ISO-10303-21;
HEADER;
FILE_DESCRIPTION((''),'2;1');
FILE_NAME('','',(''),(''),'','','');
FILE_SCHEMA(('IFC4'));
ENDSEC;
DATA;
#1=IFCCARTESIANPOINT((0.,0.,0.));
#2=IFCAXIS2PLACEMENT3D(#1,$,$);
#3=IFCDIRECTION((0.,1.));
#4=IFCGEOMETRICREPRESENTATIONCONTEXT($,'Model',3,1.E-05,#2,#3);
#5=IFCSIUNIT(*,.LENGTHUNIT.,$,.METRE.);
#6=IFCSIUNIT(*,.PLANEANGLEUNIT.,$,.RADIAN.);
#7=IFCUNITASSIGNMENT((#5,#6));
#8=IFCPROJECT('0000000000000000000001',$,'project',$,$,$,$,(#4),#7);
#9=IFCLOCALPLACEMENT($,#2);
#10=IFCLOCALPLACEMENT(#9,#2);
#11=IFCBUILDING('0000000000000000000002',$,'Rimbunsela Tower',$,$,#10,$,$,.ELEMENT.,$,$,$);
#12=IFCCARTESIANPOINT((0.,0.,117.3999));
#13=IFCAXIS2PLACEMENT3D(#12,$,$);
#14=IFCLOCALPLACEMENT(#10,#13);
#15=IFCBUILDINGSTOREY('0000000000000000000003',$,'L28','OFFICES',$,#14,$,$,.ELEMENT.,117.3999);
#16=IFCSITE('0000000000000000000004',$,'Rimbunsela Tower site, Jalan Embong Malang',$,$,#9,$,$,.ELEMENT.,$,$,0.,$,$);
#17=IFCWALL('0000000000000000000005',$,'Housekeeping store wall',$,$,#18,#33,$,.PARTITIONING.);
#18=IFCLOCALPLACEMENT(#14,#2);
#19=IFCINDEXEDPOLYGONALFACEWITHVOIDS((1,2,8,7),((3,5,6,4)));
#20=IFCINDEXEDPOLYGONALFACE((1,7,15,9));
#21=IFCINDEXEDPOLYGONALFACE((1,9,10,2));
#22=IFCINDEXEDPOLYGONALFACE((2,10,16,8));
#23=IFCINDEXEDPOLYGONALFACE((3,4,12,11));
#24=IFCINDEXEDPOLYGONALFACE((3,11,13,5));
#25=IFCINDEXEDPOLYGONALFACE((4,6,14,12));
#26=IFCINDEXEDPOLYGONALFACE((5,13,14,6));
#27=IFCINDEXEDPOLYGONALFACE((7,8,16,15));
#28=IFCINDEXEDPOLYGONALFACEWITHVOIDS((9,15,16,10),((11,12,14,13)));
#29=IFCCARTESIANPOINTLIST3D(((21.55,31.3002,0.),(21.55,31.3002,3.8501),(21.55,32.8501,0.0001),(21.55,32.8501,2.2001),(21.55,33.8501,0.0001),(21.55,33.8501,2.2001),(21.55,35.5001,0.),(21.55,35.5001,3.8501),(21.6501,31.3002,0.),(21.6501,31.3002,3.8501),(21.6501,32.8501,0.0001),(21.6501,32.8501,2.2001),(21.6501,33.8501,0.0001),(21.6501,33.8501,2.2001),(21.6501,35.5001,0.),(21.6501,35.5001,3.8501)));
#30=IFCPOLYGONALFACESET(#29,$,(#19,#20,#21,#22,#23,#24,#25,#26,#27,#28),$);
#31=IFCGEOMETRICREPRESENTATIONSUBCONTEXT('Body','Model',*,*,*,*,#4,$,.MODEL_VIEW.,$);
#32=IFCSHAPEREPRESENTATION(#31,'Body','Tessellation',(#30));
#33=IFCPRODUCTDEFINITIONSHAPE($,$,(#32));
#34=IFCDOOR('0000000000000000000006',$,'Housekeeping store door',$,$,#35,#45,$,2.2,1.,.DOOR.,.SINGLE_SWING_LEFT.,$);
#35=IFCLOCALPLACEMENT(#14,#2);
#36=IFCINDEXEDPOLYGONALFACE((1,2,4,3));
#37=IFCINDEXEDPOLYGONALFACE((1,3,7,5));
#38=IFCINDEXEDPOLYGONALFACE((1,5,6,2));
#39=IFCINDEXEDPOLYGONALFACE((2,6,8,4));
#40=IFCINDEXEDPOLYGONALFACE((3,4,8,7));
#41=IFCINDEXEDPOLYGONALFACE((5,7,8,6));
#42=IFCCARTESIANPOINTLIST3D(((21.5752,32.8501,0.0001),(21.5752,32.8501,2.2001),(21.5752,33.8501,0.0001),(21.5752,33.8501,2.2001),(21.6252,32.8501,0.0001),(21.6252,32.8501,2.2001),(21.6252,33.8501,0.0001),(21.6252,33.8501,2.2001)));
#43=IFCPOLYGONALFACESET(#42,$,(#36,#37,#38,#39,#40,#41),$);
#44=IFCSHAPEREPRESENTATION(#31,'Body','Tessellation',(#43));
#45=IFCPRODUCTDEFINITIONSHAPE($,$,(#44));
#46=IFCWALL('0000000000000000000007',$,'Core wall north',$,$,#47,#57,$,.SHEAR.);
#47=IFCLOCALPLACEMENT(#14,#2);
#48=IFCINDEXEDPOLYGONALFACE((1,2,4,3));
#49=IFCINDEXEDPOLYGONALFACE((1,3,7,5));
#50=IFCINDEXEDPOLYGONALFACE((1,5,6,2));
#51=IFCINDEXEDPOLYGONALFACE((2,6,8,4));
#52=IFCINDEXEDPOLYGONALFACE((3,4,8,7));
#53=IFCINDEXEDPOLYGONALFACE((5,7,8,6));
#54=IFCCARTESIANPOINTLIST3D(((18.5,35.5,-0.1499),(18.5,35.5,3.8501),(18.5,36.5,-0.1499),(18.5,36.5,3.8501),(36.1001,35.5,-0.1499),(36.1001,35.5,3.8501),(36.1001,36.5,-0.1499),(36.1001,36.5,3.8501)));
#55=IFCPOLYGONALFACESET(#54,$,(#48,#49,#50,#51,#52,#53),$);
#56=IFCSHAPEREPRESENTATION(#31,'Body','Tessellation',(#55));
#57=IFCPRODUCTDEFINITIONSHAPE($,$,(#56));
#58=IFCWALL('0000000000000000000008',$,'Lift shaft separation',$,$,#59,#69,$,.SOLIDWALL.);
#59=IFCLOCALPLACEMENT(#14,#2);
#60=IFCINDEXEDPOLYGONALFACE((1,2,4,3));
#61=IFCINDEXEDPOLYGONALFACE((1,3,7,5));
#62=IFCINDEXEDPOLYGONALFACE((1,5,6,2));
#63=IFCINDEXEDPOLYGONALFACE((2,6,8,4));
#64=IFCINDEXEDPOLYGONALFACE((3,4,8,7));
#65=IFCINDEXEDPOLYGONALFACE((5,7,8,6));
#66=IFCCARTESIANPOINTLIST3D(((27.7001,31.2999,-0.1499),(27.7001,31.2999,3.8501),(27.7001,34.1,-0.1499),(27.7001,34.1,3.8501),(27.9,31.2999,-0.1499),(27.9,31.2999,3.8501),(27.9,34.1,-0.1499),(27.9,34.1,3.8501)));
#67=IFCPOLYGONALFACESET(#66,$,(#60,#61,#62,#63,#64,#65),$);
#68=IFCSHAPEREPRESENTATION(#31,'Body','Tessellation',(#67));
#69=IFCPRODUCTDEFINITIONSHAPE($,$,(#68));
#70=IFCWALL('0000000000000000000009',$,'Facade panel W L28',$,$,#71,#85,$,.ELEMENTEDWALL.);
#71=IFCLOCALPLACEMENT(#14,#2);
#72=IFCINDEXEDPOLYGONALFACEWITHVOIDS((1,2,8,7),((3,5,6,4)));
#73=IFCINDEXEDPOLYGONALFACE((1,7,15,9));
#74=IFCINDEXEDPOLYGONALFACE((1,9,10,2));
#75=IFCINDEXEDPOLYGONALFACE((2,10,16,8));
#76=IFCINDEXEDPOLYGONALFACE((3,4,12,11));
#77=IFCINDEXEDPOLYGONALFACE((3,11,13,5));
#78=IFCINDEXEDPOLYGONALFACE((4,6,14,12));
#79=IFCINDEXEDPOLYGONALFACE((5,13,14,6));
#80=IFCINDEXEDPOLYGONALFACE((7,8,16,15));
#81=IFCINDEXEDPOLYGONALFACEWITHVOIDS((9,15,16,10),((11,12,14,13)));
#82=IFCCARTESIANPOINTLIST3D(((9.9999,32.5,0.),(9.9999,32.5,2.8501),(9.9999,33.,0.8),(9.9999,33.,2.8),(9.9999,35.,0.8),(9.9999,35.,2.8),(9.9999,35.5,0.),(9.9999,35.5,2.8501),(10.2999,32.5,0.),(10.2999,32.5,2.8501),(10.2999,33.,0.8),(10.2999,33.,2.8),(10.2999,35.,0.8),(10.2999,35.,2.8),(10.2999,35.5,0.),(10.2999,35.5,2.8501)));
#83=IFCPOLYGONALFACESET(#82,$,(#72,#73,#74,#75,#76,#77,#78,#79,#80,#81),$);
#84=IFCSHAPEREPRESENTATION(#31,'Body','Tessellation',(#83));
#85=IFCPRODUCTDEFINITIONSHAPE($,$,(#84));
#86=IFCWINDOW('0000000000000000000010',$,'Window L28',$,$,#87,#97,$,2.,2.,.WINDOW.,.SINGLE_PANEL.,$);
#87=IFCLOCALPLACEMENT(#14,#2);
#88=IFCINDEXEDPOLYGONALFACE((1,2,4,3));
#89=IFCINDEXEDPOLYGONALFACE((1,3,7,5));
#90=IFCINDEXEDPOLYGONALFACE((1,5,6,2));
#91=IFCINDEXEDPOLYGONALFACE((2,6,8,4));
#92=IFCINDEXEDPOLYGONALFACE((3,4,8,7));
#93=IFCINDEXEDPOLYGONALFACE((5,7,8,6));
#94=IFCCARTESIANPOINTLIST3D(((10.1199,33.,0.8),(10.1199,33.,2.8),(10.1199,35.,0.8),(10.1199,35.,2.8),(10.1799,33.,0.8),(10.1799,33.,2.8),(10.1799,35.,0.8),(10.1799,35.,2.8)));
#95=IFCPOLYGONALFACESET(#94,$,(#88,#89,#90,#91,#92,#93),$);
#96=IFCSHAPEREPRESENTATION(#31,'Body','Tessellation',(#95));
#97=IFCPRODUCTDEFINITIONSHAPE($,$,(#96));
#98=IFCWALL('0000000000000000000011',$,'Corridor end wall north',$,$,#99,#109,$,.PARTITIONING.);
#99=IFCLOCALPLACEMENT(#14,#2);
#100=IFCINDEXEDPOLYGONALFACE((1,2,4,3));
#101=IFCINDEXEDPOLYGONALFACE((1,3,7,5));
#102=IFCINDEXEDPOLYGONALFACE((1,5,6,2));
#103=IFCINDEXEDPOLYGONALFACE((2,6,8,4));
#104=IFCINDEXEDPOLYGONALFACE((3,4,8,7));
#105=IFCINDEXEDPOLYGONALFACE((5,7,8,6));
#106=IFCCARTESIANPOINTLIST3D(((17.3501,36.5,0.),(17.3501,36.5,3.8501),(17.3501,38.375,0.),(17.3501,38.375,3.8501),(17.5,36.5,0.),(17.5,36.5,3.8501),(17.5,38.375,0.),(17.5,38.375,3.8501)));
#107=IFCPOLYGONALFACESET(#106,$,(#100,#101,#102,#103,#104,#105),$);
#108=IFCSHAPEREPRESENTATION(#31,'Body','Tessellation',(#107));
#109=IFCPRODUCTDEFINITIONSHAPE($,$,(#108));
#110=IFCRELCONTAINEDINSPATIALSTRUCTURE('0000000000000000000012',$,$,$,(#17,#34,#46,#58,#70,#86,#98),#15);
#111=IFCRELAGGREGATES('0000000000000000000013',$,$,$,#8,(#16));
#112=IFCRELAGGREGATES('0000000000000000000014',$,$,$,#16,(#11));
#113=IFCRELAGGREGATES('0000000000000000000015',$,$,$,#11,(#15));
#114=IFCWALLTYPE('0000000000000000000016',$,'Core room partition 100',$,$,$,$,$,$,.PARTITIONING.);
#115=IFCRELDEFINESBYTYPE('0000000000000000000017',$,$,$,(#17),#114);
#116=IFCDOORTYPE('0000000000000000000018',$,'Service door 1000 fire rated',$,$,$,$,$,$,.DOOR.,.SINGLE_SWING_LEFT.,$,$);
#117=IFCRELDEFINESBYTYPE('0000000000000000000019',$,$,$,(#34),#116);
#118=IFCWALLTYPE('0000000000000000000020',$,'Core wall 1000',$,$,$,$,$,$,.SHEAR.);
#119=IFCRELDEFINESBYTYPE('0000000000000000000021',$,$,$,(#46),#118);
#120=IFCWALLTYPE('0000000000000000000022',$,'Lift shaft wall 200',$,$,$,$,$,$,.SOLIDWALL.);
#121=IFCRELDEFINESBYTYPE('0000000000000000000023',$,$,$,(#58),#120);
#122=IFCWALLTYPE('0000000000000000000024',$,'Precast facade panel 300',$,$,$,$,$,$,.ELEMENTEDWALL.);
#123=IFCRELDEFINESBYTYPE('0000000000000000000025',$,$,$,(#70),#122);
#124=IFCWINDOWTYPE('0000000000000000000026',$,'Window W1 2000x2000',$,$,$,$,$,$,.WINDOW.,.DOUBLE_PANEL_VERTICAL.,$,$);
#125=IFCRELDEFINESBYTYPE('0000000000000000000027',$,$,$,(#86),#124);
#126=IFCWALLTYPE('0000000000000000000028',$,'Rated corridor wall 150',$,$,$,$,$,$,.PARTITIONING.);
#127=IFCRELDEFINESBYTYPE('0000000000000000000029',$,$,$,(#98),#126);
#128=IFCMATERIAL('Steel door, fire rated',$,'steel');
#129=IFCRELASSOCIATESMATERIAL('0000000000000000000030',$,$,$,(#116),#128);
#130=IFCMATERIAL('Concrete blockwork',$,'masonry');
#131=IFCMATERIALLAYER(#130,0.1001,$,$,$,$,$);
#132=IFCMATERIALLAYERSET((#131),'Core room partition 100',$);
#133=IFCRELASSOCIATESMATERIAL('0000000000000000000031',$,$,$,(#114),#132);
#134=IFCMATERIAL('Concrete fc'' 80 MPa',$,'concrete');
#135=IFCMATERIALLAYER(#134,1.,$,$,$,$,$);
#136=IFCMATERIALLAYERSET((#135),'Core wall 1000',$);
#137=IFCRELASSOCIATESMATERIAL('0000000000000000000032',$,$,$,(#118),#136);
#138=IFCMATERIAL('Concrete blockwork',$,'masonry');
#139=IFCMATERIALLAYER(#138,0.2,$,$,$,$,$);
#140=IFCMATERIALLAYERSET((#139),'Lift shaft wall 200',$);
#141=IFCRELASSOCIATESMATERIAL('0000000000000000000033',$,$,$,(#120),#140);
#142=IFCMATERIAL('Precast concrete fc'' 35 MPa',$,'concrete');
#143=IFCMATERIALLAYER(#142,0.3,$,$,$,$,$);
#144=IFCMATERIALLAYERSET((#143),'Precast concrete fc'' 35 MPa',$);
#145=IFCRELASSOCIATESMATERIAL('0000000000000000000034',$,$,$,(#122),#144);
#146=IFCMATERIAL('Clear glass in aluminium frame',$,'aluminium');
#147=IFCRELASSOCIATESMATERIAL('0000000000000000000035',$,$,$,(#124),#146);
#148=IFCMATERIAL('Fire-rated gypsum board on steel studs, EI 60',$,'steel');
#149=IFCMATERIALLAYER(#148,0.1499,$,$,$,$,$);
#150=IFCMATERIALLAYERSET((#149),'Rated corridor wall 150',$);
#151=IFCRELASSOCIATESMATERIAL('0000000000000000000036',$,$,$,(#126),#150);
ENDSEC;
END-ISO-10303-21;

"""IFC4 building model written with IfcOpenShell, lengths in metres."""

from ifc_helpers import new_model, si_unit, direction, frame, frame_2d, origin, place, context, subcontext, project, spatial, rectangle, extrude, material, layer, layer_set, type_object, element, fill, save


model = new_model("IFC4")

# Units and contexts
model_context = context("Model", 3, precision=1e-05, world=origin(), true_north=direction((0.0, 1.0)))
body_context = subcontext(model_context, "Body", "Model", "MODEL_VIEW")
ifc_project = project(units=[si_unit("LENGTHUNIT", "METRE"), si_unit("PLANEANGLEUNIT", "RADIAN")], contexts=[model_context])

# Site, building, storey
site_placement = place(None, origin())
site = spatial("IfcSite", under=ifc_project, at=site_placement, Name="Rimbunsela Tower site, Jalan Embong Malang", CompositionType="ELEMENT", RefElevation=0.0)
building_placement = place(site_placement, origin())
building = spatial("IfcBuilding", under=site, at=building_placement, Name="Rimbunsela Tower", CompositionType="ELEMENT")
storey_placement = place(building_placement, frame((0.0, 0.0, 117.3999)))
storey = spatial("IfcBuildingStorey", under=building, at=storey_placement, Name="L28", Description="OFFICES", CompositionType="ELEMENT", Elevation=117.3999)

# Shared definitions
ifc_material_1 = material(Name="Steel door, fire rated", Category="steel")
door_type_1 = type_object("IfcDoorType", Name="Service door 1000 fire rated", OperationType="SINGLE_SWING_LEFT", PredefinedType="DOOR", material=ifc_material_1)

# Wall, opening, door
ifc_material_2 = material(Name="Concrete blockwork", Category="masonry")
ifc_layer_1 = layer(ifc_material_2, 0.1001)
ifc_layer_set_1 = layer_set([ifc_layer_1], Name="Core room partition 100")
wall_type_1 = type_object("IfcWallType", Name="Core room partition 100", PredefinedType="PARTITIONING", material=ifc_layer_set_1)
wall_1_placement = place(storey_placement, frame((21.6001, 31.3, 0.0), z_axis=(0.0, 0.0, 1.0), x_axis=(0.0, 1.0, 0.0)))
wall_1 = element("IfcWall", 1, at=wall_1_placement, inside=storey, type_object=wall_type_1, Name="Housekeeping store wall", PredefinedType="PARTITIONING", context=body_context, shape_type="SweptSolid", body=[
    extrude(rectangle(XDim=4.2, YDim=0.1001, at=frame_2d((2.1001, 0.0))), origin(), (0.0, 0.0, 1.0), 3.8501),
])
opening_1_placement = place(wall_1_placement, frame((1.55, 0.0, 0.0)))
opening_1 = element("IfcOpeningElement", 2, at=opening_1_placement, cuts=wall_1, PredefinedType="OPENING", context=body_context, shape_type="SweptSolid", body=[
    extrude(rectangle(XDim=1.0, YDim=2.2, at=frame_2d((0.5, 1.1001))), frame((0.0, 0.0601, 0.0), z_axis=(0.0, -1.0, 0.0), x_axis=(1.0, 0.0, 0.0)), (0.0, 0.0, 1.0), 0.1201),
])
door_1_placement = place(opening_1_placement, origin())
door_1 = element("IfcDoor", 3, at=door_1_placement, inside=storey, type_object=door_type_1, Name="Housekeeping store door", OperationType="SINGLE_SWING_LEFT", OverallHeight=2.2, OverallWidth=1.0, PredefinedType="DOOR", context=body_context, shape_type="SweptSolid", body=[
    extrude(rectangle(XDim=1.0, YDim=2.2, at=frame_2d((0.5, 1.1001))), frame((0.0, 0.0249, 0.0), z_axis=(0.0, -1.0, 0.0), x_axis=(1.0, 0.0, 0.0)), (0.0, 0.0, 1.0), 0.05),
])
fill(opening_1, door_1)

# Walls
ifc_material_3 = material(Name="Concrete fc' 80 MPa", Category="concrete")
ifc_layer_2 = layer(ifc_material_3, 1.0)
ifc_layer_set_2 = layer_set([ifc_layer_2], Name="Core wall 1000")
wall_type_2 = type_object("IfcWallType", Name="Core wall 1000", PredefinedType="SHEAR", material=ifc_layer_set_2)
wall_2_placement = place(storey_placement, frame((18.5, 36.0, -0.1499), z_axis=(0.0, 0.0, 1.0), x_axis=(1.0, 0.0, 0.0)))
element("IfcWall", 4, at=wall_2_placement, inside=storey, type_object=wall_type_2, Name="Core wall north", PredefinedType="SHEAR", context=body_context, shape_type="SweptSolid", body=[
    extrude(rectangle(XDim=17.6001, YDim=1.0, at=frame_2d((8.8, 0.0))), origin(), (0.0, 0.0, 1.0), 4.0),
])
ifc_material_4 = material(Name="Concrete blockwork", Category="masonry")
ifc_layer_3 = layer(ifc_material_4, 0.2)
ifc_layer_set_3 = layer_set([ifc_layer_3], Name="Lift shaft wall 200")
wall_type_3 = type_object("IfcWallType", Name="Lift shaft wall 200", PredefinedType="SOLIDWALL", material=ifc_layer_set_3)
wall_3_placement = place(storey_placement, frame((27.8, 31.3, -0.1499), z_axis=(0.0, 0.0, 1.0), x_axis=(0.0, 1.0, 0.0)))
element("IfcWall", 5, at=wall_3_placement, inside=storey, type_object=wall_type_3, Name="Lift shaft separation", PredefinedType="SOLIDWALL", context=body_context, shape_type="SweptSolid", body=[
    extrude(rectangle(XDim=2.8, YDim=0.2, at=frame_2d((1.3999, 0.0))), origin(), (0.0, 0.0, 1.0), 4.0),
])

# Wall, opening, window
ifc_material_5 = material(Name="Precast concrete fc' 35 MPa", Category="concrete")
ifc_layer_4 = layer(ifc_material_5, 0.3)
ifc_layer_set_4 = layer_set([ifc_layer_4], Name="Precast concrete fc' 35 MPa")
wall_type_4 = type_object("IfcWallType", Name="Precast facade panel 300", PredefinedType="ELEMENTEDWALL", material=ifc_layer_set_4)
wall_4_placement = place(storey_placement, frame((10.1499, 35.5, 0.0), z_axis=(0.0, 0.0, 1.0), x_axis=(0.0, -1.0, 0.0)))
wall_4 = element("IfcWall", 6, at=wall_4_placement, inside=storey, type_object=wall_type_4, Name="Facade panel W L28", PredefinedType="ELEMENTEDWALL", context=body_context, shape_type="SweptSolid", body=[
    extrude(rectangle(XDim=3.0, YDim=0.3, at=frame_2d((1.5, 0.0))), origin(), (0.0, 0.0, 1.0), 2.8501),
])
opening_2_placement = place(wall_4_placement, frame((0.5, 0.0, 0.8)))
opening_2 = element("IfcOpeningElement", 7, at=opening_2_placement, cuts=wall_4, PredefinedType="OPENING", context=body_context, shape_type="SweptSolid", body=[
    extrude(rectangle(XDim=2.0, YDim=2.0, at=frame_2d((1.0, 1.0))), frame((0.0, 0.1599, 0.0), z_axis=(0.0, -1.0, 0.0), x_axis=(1.0, 0.0, 0.0)), (0.0, 0.0, 1.0), 0.3201),
])
ifc_material_6 = material(Name="Clear glass in aluminium frame", Category="aluminium")
window_type = type_object("IfcWindowType", Name="Window W1 2000x2000", PartitioningType="DOUBLE_PANEL_VERTICAL", PredefinedType="WINDOW", material=ifc_material_6)
window_placement = place(opening_2_placement, origin())
window = element("IfcWindow", 8, at=window_placement, inside=storey, type_object=window_type, Name="Window L28", OverallHeight=2.0, OverallWidth=2.0, PartitioningType="SINGLE_PANEL", PredefinedType="WINDOW", context=body_context, shape_type="SweptSolid", body=[
    extrude(rectangle(XDim=2.0, YDim=2.0, at=frame_2d((1.0, 1.0))), frame((0.0, 0.03, 0.0), z_axis=(0.0, -1.0, 0.0), x_axis=(1.0, 0.0, 0.0)), (0.0, 0.0, 1.0), 0.0601),
])
fill(opening_2, window)

# Wall
ifc_material_7 = material(Name="Fire-rated gypsum board on steel studs, EI 60", Category="steel")
ifc_layer_5 = layer(ifc_material_7, 0.1499)
ifc_layer_set_5 = layer_set([ifc_layer_5], Name="Rated corridor wall 150")
wall_type_5 = type_object("IfcWallType", Name="Rated corridor wall 150", PredefinedType="PARTITIONING", material=ifc_layer_set_5)
wall_5_placement = place(storey_placement, frame((17.425, 36.5, 0.0), z_axis=(0.0, 0.0, 1.0), x_axis=(0.0, 1.0, 0.0)))
element("IfcWall", 9, at=wall_5_placement, inside=storey, type_object=wall_type_5, Name="Corridor end wall north", PredefinedType="PARTITIONING", context=body_context, shape_type="SweptSolid", body=[
    extrude(rectangle(XDim=1.875, YDim=0.1499, at=frame_2d((0.9375, 0.0))), origin(), (0.0, 0.0, 1.0), 3.8501),
])

save(model, "model.ifc")
